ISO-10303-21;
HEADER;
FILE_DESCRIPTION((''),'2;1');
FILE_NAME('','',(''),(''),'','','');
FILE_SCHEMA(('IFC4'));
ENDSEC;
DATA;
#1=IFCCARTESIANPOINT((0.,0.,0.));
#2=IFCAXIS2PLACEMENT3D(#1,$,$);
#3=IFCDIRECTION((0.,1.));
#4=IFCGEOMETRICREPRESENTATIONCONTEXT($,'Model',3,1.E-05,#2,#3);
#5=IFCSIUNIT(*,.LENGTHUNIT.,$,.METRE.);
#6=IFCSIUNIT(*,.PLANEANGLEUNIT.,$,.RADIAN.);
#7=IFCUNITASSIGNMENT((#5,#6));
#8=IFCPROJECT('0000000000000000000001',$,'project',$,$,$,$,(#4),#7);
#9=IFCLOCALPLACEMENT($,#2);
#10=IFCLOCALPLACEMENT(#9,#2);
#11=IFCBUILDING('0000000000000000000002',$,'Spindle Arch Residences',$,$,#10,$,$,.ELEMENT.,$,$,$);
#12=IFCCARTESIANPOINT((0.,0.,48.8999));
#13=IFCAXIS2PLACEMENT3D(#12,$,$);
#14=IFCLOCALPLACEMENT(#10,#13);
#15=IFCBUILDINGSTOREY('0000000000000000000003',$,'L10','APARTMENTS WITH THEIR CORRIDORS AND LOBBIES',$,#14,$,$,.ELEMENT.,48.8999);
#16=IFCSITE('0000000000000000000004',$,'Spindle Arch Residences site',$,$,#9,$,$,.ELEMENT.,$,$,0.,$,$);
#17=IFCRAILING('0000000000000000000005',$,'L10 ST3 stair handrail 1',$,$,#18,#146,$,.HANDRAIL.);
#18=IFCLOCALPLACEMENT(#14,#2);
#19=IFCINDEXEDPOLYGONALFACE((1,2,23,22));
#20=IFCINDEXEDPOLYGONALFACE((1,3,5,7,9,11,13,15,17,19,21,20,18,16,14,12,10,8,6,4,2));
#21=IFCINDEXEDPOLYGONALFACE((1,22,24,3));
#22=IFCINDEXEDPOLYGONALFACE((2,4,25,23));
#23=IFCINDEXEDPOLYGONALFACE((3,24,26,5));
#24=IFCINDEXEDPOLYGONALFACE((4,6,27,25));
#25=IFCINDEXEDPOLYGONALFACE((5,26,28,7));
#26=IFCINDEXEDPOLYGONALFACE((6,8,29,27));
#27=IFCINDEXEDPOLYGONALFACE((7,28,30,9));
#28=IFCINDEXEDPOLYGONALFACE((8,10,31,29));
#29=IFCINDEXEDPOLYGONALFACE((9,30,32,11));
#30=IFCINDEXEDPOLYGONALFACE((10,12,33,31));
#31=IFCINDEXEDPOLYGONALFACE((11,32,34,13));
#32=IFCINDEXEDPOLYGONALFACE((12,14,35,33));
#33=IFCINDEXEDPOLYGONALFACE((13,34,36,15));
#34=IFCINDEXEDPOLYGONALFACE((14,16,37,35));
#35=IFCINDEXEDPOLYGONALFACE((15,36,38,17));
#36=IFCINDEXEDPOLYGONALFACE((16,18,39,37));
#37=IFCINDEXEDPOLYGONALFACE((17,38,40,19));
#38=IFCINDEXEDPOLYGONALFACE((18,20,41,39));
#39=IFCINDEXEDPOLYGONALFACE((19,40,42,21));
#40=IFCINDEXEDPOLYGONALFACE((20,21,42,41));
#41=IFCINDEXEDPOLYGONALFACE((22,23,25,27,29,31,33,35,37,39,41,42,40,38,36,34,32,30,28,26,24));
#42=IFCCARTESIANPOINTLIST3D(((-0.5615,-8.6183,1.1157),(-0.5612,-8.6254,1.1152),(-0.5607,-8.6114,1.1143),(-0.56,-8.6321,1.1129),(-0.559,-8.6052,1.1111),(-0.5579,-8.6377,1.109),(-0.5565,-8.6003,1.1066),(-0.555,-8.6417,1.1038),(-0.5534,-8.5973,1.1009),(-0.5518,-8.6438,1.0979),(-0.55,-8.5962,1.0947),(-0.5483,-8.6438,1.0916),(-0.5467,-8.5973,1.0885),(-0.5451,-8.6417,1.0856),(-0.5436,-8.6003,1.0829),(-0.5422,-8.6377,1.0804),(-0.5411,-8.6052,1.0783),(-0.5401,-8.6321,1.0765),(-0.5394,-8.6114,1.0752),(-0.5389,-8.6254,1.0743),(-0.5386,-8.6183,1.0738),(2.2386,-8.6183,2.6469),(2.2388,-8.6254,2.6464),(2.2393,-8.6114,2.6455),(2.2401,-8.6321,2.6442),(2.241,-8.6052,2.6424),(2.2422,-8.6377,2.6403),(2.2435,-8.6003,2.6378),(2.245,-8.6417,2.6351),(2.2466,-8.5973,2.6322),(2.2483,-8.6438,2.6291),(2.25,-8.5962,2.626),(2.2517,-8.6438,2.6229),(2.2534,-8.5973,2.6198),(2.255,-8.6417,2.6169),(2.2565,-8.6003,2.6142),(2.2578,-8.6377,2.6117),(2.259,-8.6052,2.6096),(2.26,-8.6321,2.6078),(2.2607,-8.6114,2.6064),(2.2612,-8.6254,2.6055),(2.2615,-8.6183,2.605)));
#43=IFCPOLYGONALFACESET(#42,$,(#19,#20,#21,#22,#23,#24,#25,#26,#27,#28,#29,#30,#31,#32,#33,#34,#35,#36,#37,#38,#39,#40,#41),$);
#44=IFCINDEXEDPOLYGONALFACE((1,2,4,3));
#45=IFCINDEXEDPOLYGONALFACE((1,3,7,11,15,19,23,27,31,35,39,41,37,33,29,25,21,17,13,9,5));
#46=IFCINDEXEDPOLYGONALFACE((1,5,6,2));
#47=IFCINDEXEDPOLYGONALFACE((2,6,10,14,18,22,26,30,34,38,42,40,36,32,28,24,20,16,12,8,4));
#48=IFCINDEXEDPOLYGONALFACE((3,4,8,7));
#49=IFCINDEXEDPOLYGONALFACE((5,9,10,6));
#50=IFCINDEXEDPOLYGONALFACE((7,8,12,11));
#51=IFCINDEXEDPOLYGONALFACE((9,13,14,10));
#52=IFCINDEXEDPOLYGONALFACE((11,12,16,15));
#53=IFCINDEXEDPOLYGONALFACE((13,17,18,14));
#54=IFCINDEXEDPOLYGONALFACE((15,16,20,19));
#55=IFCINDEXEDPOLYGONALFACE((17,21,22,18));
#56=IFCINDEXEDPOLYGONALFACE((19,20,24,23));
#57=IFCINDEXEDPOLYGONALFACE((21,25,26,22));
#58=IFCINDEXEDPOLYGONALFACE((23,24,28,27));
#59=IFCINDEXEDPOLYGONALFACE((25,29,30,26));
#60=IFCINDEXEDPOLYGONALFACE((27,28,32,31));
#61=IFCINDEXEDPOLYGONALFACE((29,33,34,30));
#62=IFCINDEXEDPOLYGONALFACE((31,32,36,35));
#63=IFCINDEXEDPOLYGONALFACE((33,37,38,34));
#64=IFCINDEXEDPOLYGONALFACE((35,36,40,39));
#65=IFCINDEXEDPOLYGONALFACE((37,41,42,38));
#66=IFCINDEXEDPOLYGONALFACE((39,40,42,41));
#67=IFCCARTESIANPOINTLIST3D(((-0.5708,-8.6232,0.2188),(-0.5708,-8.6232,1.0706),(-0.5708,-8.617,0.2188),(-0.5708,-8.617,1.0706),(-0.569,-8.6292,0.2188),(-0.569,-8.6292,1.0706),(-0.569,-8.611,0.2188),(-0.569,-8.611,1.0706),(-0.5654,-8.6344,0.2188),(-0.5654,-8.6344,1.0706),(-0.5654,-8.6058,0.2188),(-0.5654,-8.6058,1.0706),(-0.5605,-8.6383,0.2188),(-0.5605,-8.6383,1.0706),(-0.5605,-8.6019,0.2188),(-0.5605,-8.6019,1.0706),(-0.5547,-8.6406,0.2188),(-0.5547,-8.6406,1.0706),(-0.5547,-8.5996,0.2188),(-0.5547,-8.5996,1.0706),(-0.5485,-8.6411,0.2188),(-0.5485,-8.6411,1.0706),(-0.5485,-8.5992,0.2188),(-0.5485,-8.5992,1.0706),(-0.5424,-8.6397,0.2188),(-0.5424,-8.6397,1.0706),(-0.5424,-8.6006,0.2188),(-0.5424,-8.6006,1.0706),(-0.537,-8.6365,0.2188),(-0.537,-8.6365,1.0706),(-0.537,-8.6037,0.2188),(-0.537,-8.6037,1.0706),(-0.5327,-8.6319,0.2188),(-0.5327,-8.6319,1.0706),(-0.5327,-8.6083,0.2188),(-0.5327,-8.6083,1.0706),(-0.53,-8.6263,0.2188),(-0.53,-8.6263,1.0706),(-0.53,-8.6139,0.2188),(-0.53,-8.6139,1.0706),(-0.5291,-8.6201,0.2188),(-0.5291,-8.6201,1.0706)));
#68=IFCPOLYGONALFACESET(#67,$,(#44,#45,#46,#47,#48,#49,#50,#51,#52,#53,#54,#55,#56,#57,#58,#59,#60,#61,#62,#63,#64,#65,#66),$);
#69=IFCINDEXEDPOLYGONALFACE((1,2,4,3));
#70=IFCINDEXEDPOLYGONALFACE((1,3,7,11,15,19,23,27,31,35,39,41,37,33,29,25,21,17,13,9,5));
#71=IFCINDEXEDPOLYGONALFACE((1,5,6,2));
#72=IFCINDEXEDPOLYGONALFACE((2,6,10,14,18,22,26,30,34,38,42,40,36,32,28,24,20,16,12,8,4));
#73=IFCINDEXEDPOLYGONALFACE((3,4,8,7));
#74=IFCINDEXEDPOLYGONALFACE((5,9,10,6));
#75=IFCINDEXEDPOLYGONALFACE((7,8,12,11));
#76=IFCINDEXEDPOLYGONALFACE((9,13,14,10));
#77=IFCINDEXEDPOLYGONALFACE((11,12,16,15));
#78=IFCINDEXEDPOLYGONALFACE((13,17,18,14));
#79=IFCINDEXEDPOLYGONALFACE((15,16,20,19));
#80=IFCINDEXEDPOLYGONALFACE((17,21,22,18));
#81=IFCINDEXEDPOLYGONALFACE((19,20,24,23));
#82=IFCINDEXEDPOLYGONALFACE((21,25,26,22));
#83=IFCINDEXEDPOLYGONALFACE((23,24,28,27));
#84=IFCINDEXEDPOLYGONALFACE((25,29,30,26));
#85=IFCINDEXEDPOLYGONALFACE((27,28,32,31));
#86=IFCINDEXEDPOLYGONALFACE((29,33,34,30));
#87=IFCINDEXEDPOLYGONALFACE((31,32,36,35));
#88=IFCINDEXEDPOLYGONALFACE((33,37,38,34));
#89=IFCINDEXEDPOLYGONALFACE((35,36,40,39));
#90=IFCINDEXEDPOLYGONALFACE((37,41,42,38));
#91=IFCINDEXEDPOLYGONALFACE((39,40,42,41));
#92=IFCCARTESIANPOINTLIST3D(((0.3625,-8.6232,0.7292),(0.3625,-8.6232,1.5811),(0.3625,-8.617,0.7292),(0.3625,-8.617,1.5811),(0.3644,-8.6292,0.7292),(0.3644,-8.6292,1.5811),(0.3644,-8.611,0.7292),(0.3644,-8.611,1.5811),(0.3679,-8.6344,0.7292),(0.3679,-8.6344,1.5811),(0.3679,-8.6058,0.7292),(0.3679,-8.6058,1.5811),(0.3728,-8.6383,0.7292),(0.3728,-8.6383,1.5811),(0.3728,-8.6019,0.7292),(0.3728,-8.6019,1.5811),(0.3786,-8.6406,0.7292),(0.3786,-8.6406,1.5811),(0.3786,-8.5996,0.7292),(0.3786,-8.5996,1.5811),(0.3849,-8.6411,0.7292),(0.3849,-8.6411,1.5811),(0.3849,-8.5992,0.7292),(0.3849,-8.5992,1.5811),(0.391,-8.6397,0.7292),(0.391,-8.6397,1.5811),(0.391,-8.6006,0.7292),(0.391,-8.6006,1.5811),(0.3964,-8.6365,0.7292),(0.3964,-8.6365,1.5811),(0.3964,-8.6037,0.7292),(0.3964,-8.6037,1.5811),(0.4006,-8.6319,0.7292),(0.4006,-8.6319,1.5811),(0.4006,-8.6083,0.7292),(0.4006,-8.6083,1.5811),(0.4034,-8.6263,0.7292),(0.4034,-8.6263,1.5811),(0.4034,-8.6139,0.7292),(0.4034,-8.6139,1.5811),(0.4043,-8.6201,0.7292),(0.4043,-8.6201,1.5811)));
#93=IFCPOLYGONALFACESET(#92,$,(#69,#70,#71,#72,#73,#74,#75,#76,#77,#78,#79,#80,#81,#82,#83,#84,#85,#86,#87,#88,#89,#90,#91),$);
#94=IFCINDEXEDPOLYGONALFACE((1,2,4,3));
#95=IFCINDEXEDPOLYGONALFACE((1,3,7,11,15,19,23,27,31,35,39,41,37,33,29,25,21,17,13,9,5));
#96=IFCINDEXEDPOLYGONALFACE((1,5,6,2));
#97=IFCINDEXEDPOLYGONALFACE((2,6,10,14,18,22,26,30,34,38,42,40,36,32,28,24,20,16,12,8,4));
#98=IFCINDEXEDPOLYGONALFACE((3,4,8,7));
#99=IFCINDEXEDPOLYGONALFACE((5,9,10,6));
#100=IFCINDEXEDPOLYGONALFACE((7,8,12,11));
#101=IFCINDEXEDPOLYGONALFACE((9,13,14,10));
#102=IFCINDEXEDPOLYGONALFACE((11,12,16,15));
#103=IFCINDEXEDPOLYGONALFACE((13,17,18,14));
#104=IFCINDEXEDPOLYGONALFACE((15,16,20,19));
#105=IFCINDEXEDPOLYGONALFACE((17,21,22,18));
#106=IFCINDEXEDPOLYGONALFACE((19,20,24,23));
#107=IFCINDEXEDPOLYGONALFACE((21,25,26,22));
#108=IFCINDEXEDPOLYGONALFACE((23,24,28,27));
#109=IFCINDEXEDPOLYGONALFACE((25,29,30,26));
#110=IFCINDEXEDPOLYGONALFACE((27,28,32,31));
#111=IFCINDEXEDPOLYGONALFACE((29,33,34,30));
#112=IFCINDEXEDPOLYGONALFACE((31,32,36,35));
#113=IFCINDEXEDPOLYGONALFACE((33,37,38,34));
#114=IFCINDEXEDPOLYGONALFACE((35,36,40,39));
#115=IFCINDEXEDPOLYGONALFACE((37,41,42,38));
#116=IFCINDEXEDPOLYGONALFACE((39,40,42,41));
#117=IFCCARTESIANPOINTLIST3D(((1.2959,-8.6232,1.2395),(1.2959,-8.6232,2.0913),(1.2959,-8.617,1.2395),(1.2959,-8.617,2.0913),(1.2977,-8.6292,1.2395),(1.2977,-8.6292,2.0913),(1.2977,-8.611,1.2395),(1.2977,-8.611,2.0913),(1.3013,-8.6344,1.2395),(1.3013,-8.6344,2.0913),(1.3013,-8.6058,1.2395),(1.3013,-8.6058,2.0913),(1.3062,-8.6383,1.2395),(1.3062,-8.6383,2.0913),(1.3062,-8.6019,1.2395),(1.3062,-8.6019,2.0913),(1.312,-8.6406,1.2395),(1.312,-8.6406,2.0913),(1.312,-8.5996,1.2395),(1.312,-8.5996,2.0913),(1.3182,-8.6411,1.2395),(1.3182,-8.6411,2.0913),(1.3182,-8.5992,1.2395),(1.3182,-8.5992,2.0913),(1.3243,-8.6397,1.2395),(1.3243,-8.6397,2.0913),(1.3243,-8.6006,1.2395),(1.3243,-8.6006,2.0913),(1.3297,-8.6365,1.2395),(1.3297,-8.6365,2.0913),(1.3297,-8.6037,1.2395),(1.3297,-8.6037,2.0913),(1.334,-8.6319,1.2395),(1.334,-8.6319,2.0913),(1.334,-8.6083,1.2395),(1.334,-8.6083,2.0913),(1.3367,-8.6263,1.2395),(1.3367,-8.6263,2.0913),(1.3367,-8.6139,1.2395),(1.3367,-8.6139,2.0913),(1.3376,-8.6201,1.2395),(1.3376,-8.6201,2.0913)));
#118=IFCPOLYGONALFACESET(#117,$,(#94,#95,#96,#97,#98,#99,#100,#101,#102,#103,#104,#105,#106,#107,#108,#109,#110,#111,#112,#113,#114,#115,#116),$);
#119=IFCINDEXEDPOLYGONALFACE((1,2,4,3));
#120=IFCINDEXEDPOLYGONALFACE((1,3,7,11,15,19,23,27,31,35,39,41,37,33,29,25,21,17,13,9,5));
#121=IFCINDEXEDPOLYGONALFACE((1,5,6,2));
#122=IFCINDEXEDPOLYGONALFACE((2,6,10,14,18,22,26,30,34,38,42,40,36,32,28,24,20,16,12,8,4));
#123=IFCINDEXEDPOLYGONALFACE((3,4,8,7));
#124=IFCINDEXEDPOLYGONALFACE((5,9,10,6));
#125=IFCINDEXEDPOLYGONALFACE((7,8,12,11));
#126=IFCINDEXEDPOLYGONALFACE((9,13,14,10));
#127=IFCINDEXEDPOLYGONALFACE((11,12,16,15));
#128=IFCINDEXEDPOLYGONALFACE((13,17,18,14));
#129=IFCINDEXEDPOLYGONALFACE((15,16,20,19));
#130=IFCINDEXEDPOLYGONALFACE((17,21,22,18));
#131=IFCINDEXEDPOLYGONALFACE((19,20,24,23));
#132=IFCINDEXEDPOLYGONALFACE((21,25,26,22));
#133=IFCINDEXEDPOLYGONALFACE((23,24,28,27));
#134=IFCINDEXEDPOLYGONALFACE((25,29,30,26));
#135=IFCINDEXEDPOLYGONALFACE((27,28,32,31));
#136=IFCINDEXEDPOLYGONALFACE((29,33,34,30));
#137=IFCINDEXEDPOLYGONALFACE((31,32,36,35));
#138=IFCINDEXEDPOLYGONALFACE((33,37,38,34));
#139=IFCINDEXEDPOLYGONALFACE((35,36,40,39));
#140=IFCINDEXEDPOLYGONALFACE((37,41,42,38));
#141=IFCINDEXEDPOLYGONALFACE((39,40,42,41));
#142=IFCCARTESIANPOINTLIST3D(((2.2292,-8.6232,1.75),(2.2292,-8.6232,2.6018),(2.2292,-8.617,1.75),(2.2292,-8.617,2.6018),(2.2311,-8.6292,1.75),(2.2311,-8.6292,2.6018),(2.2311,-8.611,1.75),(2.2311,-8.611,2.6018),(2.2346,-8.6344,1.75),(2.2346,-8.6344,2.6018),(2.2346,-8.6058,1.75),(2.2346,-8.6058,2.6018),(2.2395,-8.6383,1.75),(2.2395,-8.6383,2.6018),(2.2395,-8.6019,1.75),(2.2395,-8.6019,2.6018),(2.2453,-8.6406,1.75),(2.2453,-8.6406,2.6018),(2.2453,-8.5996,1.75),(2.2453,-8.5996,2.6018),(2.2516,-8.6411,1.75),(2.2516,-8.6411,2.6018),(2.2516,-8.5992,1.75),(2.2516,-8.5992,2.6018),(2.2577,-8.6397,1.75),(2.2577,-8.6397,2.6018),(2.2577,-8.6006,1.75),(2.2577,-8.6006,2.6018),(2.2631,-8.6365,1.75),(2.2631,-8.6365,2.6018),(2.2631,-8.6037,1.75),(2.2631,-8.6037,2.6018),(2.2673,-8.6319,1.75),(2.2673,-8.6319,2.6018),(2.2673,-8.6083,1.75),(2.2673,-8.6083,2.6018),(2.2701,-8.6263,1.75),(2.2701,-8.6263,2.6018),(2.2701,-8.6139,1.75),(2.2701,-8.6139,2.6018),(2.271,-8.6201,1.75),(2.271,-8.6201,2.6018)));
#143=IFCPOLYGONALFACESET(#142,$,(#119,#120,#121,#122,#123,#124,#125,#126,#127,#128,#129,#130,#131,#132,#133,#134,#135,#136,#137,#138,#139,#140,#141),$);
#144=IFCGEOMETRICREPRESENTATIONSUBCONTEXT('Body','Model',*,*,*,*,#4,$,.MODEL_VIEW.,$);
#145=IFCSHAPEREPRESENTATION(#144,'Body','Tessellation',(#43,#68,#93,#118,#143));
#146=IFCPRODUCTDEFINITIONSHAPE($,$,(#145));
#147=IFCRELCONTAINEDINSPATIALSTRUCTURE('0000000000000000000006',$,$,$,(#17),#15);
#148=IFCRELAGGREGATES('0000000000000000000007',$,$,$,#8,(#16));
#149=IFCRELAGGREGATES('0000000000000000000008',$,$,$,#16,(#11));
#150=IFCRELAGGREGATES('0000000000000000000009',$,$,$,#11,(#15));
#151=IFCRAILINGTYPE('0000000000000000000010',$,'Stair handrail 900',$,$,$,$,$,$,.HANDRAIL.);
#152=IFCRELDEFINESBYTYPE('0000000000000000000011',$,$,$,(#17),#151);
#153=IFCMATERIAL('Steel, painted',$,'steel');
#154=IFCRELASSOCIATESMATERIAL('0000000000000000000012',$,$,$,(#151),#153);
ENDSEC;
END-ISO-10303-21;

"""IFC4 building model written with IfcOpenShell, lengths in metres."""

from ifc_helpers import new_model, si_unit, direction, frame, origin, origin_2d, place, context, subcontext, project, spatial, circle, extrude, material, type_object, element, save


model = new_model("IFC4")

# Units and contexts
model_context = context("Model", 3, precision=1e-05, world=origin(), true_north=direction((0.0, 1.0)))
body_context = subcontext(model_context, "Body", "Model", "MODEL_VIEW")
ifc_project = project(units=[si_unit("LENGTHUNIT", "METRE"), si_unit("PLANEANGLEUNIT", "RADIAN")], contexts=[model_context])

# Site, building, storey
site_placement = place(None, origin())
site = spatial("IfcSite", under=ifc_project, at=site_placement, Name="Spindle Arch Residences site", CompositionType="ELEMENT", RefElevation=0.0)
building_placement = place(site_placement, origin())
building = spatial("IfcBuilding", under=site, at=building_placement, Name="Spindle Arch Residences", CompositionType="ELEMENT")
storey_placement = place(building_placement, frame((0.0, 0.0, 48.8999)))
storey = spatial("IfcBuildingStorey", under=building, at=storey_placement, Name="L10", Description="APARTMENTS WITH THEIR CORRIDORS AND LOBBIES", CompositionType="ELEMENT", Elevation=48.8999)

# Railing
ifc_material_1 = material(Name="Steel, painted", Category="steel")
railing_type_1 = type_object("IfcRailingType", Name="Stair handrail 900", PredefinedType="HANDRAIL", material=ifc_material_1)
railing_1_placement = place(storey_placement, frame((-0.55, -8.6201, 0.2188)))
element("IfcRailing", 1, at=railing_1_placement, inside=storey, type_object=railing_type_1, Name="L10 ST3 stair handrail 1", PredefinedType="HANDRAIL", context=body_context, shape_type="SweptSolid", body=[
    extrude(circle(Radius=0.0239, at=origin_2d()), frame((0.0, 0.0, 0.876), z_axis=(0.877375, 0.0, 0.479806), x_axis=(0.0, 1.0, 0.0)), (0.0, 0.0, 1.0), 3.1914),
    extrude(circle(Radius=0.021, at=origin_2d()), origin(), (0.0, 0.0, 1.0), 0.8518),
    extrude(circle(Radius=0.021, at=origin_2d()), frame((0.9333, 0.0, 0.5105)), (0.0, 0.0, 1.0), 0.8518),
    extrude(circle(Radius=0.021, at=origin_2d()), frame((1.8667, 0.0, 1.0208)), (0.0, 0.0, 1.0), 0.8518),
    extrude(circle(Radius=0.021, at=origin_2d()), frame((2.8, 0.0, 1.5312)), (0.0, 0.0, 1.0), 0.8518),
])

save(model, "model.ifc")
